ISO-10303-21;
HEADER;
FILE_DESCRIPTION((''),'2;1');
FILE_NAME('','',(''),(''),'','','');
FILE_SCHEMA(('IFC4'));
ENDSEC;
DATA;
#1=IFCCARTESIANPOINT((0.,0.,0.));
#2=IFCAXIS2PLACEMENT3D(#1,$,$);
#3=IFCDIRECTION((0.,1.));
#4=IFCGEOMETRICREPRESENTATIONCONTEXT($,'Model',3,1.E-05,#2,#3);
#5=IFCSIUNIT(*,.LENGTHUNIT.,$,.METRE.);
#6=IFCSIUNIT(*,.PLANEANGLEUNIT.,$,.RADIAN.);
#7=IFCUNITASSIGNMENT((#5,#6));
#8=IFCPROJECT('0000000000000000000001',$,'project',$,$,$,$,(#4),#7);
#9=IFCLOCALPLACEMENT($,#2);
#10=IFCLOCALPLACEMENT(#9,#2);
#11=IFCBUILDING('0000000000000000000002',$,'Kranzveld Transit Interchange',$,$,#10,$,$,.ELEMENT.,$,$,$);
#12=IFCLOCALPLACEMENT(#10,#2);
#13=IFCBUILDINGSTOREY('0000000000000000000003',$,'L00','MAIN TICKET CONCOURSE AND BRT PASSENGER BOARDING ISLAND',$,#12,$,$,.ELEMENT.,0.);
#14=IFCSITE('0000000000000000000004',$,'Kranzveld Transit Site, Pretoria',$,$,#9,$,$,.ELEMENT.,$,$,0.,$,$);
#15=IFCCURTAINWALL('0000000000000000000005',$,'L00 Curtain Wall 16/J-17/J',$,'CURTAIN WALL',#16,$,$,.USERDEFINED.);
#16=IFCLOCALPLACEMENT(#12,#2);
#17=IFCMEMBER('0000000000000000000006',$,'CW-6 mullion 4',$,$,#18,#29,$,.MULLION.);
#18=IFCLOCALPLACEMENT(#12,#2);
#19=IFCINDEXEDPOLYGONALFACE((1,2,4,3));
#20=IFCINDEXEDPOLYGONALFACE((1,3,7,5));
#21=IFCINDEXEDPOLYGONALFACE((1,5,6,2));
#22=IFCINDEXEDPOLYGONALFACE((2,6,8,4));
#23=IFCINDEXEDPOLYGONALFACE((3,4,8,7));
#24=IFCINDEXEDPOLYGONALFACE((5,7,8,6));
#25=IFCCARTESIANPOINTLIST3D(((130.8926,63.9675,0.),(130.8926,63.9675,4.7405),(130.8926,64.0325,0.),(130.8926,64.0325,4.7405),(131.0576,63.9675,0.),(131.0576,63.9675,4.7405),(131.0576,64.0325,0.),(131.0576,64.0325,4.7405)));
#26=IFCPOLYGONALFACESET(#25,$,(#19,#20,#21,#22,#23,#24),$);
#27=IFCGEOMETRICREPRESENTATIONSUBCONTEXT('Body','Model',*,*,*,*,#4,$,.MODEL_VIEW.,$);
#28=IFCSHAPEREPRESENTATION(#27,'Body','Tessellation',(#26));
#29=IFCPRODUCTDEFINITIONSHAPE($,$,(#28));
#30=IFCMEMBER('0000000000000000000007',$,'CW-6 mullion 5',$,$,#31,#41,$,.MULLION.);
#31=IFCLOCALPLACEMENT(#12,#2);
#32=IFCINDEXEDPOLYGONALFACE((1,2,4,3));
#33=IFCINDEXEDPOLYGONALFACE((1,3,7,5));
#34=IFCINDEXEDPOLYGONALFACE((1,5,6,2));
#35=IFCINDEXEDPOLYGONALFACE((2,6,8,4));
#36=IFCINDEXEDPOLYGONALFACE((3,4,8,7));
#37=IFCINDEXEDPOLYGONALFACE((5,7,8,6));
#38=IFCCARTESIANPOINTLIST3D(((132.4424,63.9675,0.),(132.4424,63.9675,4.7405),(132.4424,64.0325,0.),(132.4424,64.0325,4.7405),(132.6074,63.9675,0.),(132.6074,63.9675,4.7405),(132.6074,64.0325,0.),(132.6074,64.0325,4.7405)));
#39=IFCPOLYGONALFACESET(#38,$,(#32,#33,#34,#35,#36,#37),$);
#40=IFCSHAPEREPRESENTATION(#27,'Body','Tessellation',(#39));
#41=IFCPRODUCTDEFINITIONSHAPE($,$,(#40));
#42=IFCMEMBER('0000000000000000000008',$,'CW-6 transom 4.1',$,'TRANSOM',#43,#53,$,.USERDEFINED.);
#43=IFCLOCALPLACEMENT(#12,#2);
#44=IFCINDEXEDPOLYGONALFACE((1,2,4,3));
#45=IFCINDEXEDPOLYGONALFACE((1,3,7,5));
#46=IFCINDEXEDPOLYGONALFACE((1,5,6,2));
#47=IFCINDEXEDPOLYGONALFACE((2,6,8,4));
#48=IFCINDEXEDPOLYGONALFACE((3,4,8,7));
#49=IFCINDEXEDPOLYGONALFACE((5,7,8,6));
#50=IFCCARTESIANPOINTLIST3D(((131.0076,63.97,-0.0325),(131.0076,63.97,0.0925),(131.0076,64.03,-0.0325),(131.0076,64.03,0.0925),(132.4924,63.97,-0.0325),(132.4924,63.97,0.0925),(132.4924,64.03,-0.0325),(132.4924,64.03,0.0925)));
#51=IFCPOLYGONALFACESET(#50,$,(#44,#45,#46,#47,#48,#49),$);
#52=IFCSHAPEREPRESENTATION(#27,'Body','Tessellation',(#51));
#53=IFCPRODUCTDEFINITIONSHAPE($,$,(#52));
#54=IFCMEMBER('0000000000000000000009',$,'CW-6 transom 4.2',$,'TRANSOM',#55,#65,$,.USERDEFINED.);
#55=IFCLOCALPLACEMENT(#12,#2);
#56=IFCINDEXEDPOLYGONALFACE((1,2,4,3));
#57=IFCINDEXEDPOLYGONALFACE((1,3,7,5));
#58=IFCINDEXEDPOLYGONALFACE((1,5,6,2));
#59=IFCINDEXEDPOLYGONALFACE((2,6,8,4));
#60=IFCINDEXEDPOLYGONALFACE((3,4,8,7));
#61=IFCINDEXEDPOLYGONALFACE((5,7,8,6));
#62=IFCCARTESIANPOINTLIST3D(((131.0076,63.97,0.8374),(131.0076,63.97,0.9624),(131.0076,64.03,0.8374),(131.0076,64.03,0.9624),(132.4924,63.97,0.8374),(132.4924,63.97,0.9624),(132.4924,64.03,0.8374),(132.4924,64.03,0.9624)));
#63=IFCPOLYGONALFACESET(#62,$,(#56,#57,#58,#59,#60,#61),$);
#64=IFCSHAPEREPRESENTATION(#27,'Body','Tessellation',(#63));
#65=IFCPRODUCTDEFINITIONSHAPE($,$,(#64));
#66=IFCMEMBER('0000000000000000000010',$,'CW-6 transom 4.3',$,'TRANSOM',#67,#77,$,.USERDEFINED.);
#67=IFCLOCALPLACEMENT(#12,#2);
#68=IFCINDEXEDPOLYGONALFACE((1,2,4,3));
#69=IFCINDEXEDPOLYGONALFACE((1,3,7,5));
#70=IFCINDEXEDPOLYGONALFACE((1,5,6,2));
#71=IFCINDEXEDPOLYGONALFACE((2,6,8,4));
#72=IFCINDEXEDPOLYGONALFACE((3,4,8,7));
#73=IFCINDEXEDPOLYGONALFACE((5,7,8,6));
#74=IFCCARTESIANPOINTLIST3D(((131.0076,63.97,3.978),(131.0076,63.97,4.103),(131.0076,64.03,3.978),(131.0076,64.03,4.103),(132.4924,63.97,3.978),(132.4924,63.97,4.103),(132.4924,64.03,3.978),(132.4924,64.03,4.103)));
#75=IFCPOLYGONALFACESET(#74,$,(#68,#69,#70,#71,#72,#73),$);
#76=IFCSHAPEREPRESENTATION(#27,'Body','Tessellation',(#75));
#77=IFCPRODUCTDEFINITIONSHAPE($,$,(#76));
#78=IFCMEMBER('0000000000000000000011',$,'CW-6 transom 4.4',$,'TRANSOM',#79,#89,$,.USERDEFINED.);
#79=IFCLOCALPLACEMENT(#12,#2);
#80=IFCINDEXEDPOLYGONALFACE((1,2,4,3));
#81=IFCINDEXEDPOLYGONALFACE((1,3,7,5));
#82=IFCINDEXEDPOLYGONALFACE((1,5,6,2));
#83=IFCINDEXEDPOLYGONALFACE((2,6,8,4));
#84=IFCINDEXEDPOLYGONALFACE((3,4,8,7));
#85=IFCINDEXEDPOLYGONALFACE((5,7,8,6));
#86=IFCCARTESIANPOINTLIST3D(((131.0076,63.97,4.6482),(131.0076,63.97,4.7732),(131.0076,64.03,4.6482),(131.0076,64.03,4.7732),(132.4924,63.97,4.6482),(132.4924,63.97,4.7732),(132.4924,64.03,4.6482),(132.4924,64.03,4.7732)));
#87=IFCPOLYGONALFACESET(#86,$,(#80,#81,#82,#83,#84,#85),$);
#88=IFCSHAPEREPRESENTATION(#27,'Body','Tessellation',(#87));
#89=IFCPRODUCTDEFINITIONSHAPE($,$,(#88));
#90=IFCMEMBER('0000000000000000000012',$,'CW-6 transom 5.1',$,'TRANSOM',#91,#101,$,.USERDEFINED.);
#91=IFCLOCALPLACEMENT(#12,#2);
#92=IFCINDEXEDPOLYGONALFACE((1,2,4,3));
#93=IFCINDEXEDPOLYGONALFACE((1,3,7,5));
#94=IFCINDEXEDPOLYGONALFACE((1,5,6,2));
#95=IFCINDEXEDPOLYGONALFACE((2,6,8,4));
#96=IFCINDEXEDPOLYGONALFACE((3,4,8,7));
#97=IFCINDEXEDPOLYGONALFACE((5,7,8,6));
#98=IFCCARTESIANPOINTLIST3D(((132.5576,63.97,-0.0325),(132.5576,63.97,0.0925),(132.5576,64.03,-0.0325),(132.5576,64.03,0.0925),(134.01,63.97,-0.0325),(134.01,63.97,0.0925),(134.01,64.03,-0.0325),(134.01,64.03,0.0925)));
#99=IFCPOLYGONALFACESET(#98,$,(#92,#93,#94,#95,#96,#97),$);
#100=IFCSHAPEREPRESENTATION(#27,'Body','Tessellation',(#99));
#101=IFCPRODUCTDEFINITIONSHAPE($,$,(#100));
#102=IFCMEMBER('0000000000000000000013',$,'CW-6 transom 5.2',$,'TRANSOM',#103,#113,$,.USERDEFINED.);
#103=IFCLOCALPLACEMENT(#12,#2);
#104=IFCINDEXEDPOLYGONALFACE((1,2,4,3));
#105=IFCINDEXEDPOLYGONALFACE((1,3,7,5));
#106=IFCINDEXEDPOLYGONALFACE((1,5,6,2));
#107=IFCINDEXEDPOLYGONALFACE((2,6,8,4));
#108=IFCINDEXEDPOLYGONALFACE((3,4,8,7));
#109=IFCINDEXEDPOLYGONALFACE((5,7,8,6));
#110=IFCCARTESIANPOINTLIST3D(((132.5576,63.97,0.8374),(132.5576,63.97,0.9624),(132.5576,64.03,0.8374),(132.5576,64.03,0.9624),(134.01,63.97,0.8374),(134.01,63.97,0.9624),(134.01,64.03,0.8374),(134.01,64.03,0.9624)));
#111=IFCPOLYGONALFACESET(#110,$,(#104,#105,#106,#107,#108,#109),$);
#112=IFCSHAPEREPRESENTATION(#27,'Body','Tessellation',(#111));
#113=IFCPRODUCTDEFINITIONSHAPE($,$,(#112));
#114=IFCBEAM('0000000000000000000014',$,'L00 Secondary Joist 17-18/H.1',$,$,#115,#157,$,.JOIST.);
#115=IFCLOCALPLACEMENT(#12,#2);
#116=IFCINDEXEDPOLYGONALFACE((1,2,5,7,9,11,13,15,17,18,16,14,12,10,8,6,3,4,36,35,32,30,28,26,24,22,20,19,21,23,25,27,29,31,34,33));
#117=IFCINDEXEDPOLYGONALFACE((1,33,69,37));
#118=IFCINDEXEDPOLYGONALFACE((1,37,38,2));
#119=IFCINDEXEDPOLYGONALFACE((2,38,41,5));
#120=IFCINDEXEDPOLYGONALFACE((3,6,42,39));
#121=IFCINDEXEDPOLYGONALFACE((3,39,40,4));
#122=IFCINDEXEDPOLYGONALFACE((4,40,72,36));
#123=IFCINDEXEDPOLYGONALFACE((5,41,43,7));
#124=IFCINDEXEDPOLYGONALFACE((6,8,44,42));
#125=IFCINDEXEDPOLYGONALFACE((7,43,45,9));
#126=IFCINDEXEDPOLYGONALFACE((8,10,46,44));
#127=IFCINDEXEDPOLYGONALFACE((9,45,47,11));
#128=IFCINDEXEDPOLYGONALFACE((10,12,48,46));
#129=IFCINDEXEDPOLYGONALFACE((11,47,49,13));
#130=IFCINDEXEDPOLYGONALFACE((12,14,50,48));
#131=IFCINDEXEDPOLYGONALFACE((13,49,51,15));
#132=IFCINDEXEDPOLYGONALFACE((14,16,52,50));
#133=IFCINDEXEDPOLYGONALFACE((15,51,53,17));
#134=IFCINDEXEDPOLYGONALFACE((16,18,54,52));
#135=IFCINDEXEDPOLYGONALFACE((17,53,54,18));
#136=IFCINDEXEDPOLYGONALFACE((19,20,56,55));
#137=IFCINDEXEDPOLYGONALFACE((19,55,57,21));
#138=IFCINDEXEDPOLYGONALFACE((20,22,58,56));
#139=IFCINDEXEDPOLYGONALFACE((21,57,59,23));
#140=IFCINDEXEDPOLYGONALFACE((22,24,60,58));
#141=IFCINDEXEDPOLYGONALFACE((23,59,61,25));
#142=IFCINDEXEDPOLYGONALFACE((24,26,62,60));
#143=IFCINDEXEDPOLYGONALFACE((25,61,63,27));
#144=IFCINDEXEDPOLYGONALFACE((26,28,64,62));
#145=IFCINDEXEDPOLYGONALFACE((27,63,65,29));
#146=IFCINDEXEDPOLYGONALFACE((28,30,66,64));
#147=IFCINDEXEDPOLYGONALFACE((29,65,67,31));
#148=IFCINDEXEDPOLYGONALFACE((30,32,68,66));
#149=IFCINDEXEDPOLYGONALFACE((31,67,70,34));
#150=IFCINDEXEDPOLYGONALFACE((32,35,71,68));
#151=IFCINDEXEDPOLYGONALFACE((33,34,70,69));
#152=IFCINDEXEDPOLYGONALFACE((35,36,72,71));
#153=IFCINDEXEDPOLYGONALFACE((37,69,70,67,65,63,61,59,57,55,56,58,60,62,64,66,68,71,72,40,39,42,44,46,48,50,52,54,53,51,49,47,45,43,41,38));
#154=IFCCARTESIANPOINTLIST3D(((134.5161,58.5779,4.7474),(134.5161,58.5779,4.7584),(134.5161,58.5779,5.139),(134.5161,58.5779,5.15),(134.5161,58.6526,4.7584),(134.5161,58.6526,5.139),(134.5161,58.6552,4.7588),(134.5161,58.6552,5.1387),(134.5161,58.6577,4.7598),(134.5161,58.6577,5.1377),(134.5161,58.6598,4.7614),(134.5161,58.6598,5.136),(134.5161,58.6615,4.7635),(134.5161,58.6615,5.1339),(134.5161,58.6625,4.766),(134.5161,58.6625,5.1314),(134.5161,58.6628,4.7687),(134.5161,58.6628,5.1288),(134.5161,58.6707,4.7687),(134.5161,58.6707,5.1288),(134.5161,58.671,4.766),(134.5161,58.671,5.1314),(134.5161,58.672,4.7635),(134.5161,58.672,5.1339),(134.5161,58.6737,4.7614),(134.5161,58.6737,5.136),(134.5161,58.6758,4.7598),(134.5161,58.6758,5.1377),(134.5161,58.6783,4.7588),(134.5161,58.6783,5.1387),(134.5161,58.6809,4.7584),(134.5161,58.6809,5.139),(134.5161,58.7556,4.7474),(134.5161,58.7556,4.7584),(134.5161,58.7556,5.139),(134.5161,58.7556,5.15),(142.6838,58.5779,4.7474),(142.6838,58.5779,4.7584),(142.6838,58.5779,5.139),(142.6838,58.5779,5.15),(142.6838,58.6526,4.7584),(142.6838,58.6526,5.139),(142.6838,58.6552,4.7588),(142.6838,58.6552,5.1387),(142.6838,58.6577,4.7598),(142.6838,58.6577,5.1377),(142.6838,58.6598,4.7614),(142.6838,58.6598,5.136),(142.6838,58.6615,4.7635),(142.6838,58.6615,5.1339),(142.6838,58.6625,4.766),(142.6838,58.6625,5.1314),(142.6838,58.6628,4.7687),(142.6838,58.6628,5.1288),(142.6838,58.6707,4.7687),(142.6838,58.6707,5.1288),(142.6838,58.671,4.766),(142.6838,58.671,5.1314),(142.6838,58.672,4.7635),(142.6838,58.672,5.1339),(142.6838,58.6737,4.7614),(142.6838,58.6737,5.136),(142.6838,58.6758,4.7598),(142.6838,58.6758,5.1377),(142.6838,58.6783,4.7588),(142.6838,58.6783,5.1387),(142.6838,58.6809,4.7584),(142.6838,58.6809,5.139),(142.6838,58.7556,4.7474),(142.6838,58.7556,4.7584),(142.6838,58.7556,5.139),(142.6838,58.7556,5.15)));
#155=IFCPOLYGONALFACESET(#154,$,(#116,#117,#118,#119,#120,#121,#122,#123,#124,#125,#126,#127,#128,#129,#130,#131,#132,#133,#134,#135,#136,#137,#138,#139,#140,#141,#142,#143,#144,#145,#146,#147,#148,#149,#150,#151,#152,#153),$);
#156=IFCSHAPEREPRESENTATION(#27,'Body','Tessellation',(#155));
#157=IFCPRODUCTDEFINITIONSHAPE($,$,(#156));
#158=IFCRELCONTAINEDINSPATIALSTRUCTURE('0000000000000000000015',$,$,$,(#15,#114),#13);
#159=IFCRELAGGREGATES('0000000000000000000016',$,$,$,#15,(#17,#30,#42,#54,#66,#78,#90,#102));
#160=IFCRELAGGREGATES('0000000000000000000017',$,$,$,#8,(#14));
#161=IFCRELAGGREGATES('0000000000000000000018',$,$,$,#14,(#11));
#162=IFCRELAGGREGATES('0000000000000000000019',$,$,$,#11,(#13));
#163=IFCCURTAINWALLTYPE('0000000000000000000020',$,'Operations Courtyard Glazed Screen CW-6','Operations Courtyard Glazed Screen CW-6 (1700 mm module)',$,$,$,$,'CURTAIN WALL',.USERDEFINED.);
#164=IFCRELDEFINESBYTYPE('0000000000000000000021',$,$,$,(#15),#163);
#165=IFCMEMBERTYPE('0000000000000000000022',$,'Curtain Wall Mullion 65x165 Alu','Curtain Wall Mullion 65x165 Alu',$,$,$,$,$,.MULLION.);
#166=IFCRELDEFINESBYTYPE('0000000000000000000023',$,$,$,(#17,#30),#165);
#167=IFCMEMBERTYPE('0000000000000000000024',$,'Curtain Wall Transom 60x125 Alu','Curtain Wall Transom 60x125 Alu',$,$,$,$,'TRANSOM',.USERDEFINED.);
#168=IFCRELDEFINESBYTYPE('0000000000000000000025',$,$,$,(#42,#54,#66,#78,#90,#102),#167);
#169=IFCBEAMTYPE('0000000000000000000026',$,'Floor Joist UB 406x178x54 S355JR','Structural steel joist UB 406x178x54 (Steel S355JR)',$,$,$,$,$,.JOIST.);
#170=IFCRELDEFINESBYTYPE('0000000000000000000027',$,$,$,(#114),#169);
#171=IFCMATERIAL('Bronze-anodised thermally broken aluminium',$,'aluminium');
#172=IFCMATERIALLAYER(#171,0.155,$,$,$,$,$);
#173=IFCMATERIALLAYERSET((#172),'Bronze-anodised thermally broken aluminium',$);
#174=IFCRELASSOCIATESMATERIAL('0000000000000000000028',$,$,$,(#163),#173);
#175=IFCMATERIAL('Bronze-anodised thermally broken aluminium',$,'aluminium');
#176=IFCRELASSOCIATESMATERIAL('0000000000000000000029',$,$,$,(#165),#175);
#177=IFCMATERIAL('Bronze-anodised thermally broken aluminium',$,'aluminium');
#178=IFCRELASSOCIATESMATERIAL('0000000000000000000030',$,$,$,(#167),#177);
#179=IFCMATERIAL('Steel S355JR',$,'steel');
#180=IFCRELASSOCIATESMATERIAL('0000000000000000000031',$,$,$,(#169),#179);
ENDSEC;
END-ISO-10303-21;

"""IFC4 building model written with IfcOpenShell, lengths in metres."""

from ifc_helpers import new_model, si_unit, direction, frame, origin, origin_2d, place, context, subcontext, project, spatial, rectangle, i_section, extrude, material, layer, layer_set, material_profile, profile_set, type_object, element, aggregate, save


model = new_model("IFC4")

# Units and contexts
model_context = context("Model", 3, precision=1e-05, world=origin(), true_north=direction((0.0, 1.0)))
body_context = subcontext(model_context, "Body", "Model", "MODEL_VIEW")
ifc_project = project(units=[si_unit("LENGTHUNIT", "METRE"), si_unit("PLANEANGLEUNIT", "RADIAN")], contexts=[model_context])

# Site, building, storey
site_placement = place(None, origin())
site = spatial("IfcSite", under=ifc_project, at=site_placement, Name="Kranzveld Transit Site, Pretoria", CompositionType="ELEMENT", RefElevation=0.0)
building_placement = place(site_placement, origin())
building = spatial("IfcBuilding", under=site, at=building_placement, Name="Kranzveld Transit Interchange", CompositionType="ELEMENT")
storey_placement = place(building_placement, origin())
storey = spatial("IfcBuildingStorey", under=building, at=storey_placement, Name="L00", Description="MAIN TICKET CONCOURSE AND BRT PASSENGER BOARDING ISLAND", CompositionType="ELEMENT", Elevation=0.0)

# Curtain wall, members
ifc_material_1 = material(Name="Bronze-anodised thermally broken aluminium", Category="aluminium")
ifc_layer_1 = layer(ifc_material_1, 0.155)
ifc_layer_set_1 = layer_set([ifc_layer_1], Name="Bronze-anodised thermally broken aluminium")
curtain_wall_type = type_object("IfcCurtainWallType", Name="Operations Courtyard Glazed Screen CW-6", Description="Operations Courtyard Glazed Screen CW-6 (1700 mm module)", ElementType="CURTAIN WALL", PredefinedType="USERDEFINED", material=ifc_layer_set_1)
curtain_wall_placement = place(storey_placement, origin())
curtain_wall = element("IfcCurtainWall", 1, at=curtain_wall_placement, inside=storey, type_object=curtain_wall_type, Name="L00 Curtain Wall 16/J-17/J", ObjectType="CURTAIN WALL", PredefinedType="USERDEFINED")
ifc_material_2 = material(Name="Bronze-anodised thermally broken aluminium", Category="aluminium")
ifc_material_profile_1 = material_profile(ifc_material_2, rectangle(XDim=0.0649, YDim=0.165, at=origin_2d()), Name="ALU MULLION 65x165")
ifc_profile_set_1 = profile_set([ifc_material_profile_1], Name="Bronze-anodised thermally broken aluminium")
member_type_1 = type_object("IfcMemberType", Name="Curtain Wall Mullion 65x165 Alu", Description="Curtain Wall Mullion 65x165 Alu", PredefinedType="MULLION", material=ifc_profile_set_1)
member_1_placement = place(storey_placement, frame((130.9751, 64.0, 0.0), z_axis=(0.0, 0.0, 1.0), x_axis=(0.0, 1.0, 0.0)))
member_1 = element("IfcMember", 2, at=member_1_placement, type_object=member_type_1, Name="CW-6 mullion 4", PredefinedType="MULLION", context=body_context, shape_type="SweptSolid", body=[
    extrude(rectangle(XDim=0.0649, YDim=0.165, at=origin_2d()), origin(), (0.0, 0.0, 1.0), 4.7405),
])
member_2_placement = place(storey_placement, frame((132.5249, 64.0, 0.0), z_axis=(0.0, 0.0, 1.0), x_axis=(0.0, 1.0, 0.0)))
member_2 = element("IfcMember", 3, at=member_2_placement, type_object=member_type_1, Name="CW-6 mullion 5", PredefinedType="MULLION", context=body_context, shape_type="SweptSolid", body=[
    extrude(rectangle(XDim=0.0649, YDim=0.165, at=origin_2d()), origin(), (0.0, 0.0, 1.0), 4.7405),
])
ifc_material_3 = material(Name="Bronze-anodised thermally broken aluminium", Category="aluminium")
ifc_material_profile_2 = material_profile(ifc_material_3, rectangle(XDim=0.0601, YDim=0.125, at=origin_2d()), Name="ALU TRANSOM 60x125")
ifc_profile_set_2 = profile_set([ifc_material_profile_2], Name="Bronze-anodised thermally broken aluminium")
member_type_2 = type_object("IfcMemberType", Name="Curtain Wall Transom 60x125 Alu", Description="Curtain Wall Transom 60x125 Alu", ElementType="TRANSOM", PredefinedType="USERDEFINED", material=ifc_profile_set_2)
member_3_placement = place(storey_placement, frame((131.0076, 64.0, 0.03), z_axis=(1.0, 0.0, 0.0), x_axis=(0.0, 1.0, 0.0)))
member_3 = element("IfcMember", 4, at=member_3_placement, type_object=member_type_2, Name="CW-6 transom 4.1", ObjectType="TRANSOM", PredefinedType="USERDEFINED", context=body_context, shape_type="SweptSolid", body=[
    extrude(rectangle(XDim=0.0601, YDim=0.125, at=origin_2d()), origin(), (0.0, 0.0, 1.0), 1.4849),
])
member_4_placement = place(storey_placement, frame((131.0076, 64.0, 0.8999), z_axis=(1.0, 0.0, 0.0), x_axis=(0.0, 1.0, 0.0)))
member_4 = element("IfcMember", 5, at=member_4_placement, type_object=member_type_2, Name="CW-6 transom 4.2", ObjectType="TRANSOM", PredefinedType="USERDEFINED", context=body_context, shape_type="SweptSolid", body=[
    extrude(rectangle(XDim=0.0601, YDim=0.125, at=origin_2d()), origin(), (0.0, 0.0, 1.0), 1.4849),
])
member_5_placement = place(storey_placement, frame((131.0076, 64.0, 4.0405), z_axis=(1.0, 0.0, 0.0), x_axis=(0.0, 1.0, 0.0)))
member_5 = element("IfcMember", 6, at=member_5_placement, type_object=member_type_2, Name="CW-6 transom 4.3", ObjectType="TRANSOM", PredefinedType="USERDEFINED", context=body_context, shape_type="SweptSolid", body=[
    extrude(rectangle(XDim=0.0601, YDim=0.125, at=origin_2d()), origin(), (0.0, 0.0, 1.0), 1.4849),
])
member_6_placement = place(storey_placement, frame((131.0076, 64.0, 4.7107), z_axis=(1.0, 0.0, 0.0), x_axis=(0.0, 1.0, 0.0)))
member_6 = element("IfcMember", 7, at=member_6_placement, type_object=member_type_2, Name="CW-6 transom 4.4", ObjectType="TRANSOM", PredefinedType="USERDEFINED", context=body_context, shape_type="SweptSolid", body=[
    extrude(rectangle(XDim=0.0601, YDim=0.125, at=origin_2d()), origin(), (0.0, 0.0, 1.0), 1.4849),
])
member_7_placement = place(storey_placement, frame((132.5576, 64.0, 0.03), z_axis=(1.0, 0.0, 0.0), x_axis=(0.0, 1.0, 0.0)))
member_7 = element("IfcMember", 8, at=member_7_placement, type_object=member_type_2, Name="CW-6 transom 5.1", ObjectType="TRANSOM", PredefinedType="USERDEFINED", context=body_context, shape_type="SweptSolid", body=[
    extrude(rectangle(XDim=0.0601, YDim=0.125, at=origin_2d()), origin(), (0.0, 0.0, 1.0), 1.4524),
])
member_8_placement = place(storey_placement, frame((132.5576, 64.0, 0.8999), z_axis=(1.0, 0.0, 0.0), x_axis=(0.0, 1.0, 0.0)))
member_8 = element("IfcMember", 9, at=member_8_placement, type_object=member_type_2, Name="CW-6 transom 5.2", ObjectType="TRANSOM", PredefinedType="USERDEFINED", context=body_context, shape_type="SweptSolid", body=[
    extrude(rectangle(XDim=0.0601, YDim=0.125, at=origin_2d()), origin(), (0.0, 0.0, 1.0), 1.4524),
])

# Beam
ifc_material_4 = material(Name="Steel S355JR", Category="steel")
ifc_material_profile_3 = material_profile(ifc_material_4, i_section(OverallWidth=0.1777, OverallDepth=0.4026, WebThickness=0.0078, FlangeThickness=0.011, FilletRadius=0.0103, at=origin_2d()), Name="UB 406x178x54")
ifc_profile_set_3 = profile_set([ifc_material_profile_3], Name="Steel S355JR")
beam_type = type_object("IfcBeamType", Name="Floor Joist UB 406x178x54 S355JR", Description="Structural steel joist UB 406x178x54 (Steel S355JR)", PredefinedType="JOIST", material=ifc_profile_set_3)
for number, where, z_axis, x_axis, name in (
    (10, (134.5161, 58.6667, 4.9487), (1.0, 0.0, 0.0), (0.0, 1.0, 0.0), "L00 Secondary Joist 17-18/H.1"),
):
    element("IfcBeam", number, at=place(storey_placement, frame(where, z_axis=z_axis, x_axis=x_axis)), inside=storey, type_object=beam_type, Name=name, PredefinedType="JOIST", context=body_context, shape_type="SweptSolid", body=[
        extrude(i_section(OverallWidth=0.1777, OverallDepth=0.4026, WebThickness=0.0078, FlangeThickness=0.011, FilletRadius=0.0103, at=origin_2d()), origin(), (0.0, 0.0, 1.0), 8.1677),
    ])

aggregate(curtain_wall, [member_1, member_2, member_3, member_4, member_5, member_6, member_7, member_8])

save(model, "model.ifc")
